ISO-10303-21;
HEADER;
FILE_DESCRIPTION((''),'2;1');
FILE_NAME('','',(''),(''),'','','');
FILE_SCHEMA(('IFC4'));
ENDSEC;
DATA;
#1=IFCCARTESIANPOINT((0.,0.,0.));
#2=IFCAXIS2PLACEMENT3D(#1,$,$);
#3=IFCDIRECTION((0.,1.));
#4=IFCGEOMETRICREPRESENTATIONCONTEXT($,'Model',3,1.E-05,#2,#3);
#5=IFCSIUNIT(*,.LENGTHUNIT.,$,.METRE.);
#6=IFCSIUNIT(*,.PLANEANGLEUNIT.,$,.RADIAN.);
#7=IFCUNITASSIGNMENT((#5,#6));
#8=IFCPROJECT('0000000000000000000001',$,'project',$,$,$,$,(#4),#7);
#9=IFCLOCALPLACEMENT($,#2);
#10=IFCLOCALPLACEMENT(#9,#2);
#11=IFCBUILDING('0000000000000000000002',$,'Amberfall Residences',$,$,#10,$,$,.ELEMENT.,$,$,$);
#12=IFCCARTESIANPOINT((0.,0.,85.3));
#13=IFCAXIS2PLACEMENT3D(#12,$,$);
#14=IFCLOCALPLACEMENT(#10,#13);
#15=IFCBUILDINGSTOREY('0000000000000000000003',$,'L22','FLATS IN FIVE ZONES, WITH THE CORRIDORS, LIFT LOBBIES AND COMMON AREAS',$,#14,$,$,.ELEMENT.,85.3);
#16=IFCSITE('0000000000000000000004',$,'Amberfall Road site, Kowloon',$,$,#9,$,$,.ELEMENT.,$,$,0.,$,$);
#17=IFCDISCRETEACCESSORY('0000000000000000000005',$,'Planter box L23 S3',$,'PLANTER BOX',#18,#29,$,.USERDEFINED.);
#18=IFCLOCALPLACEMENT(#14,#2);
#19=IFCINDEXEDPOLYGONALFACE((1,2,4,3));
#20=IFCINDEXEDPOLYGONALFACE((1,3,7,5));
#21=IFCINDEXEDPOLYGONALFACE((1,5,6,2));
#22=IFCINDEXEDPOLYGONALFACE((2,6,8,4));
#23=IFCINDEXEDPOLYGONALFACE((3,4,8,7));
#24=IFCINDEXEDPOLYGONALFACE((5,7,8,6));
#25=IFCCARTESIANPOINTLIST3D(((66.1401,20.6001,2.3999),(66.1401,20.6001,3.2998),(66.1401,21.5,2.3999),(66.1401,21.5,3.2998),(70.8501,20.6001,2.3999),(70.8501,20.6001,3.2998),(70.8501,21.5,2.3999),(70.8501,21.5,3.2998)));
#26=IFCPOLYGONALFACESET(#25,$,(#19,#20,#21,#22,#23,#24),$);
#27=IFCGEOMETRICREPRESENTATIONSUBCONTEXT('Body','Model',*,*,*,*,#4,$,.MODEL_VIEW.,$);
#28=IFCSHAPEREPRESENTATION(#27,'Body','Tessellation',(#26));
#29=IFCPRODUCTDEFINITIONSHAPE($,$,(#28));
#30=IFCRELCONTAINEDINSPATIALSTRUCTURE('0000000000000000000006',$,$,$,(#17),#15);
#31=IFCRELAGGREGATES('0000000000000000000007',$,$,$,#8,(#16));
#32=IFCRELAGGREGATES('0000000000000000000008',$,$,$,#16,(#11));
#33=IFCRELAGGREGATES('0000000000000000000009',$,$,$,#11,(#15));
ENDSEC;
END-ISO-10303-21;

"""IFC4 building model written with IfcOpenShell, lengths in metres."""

from ifc_helpers import new_model, si_unit, direction, frame, origin, origin_2d, place, context, subcontext, project, spatial, rectangle, extrude, element, save


model = new_model("IFC4")

# Units and contexts
model_context = context("Model", 3, precision=1e-05, world=origin(), true_north=direction((0.0, 1.0)))
body_context = subcontext(model_context, "Body", "Model", "MODEL_VIEW")
ifc_project = project(units=[si_unit("LENGTHUNIT", "METRE"), si_unit("PLANEANGLEUNIT", "RADIAN")], contexts=[model_context])

# Site, building, storey
site_placement = place(None, origin())
site = spatial("IfcSite", under=ifc_project, at=site_placement, Name="Amberfall Road site, Kowloon", CompositionType="ELEMENT", RefElevation=0.0)
building_placement = place(site_placement, origin())
building = spatial("IfcBuilding", under=site, at=building_placement, Name="Amberfall Residences", CompositionType="ELEMENT")
storey_placement = place(building_placement, frame((0.0, 0.0, 85.3)))
storey = spatial("IfcBuildingStorey", under=building, at=storey_placement, Name="L22", Description="FLATS IN FIVE ZONES, WITH THE CORRIDORS, LIFT LOBBIES AND COMMON AREAS", CompositionType="ELEMENT", Elevation=85.3)

# Discrete accessory
discrete_accessory_placement = place(storey_placement, frame((68.4951, 21.05, 2.3999), z_axis=(0.0, 0.0, 1.0), x_axis=(1.0, 0.0, 0.0)))
element("IfcDiscreteAccessory", 1, at=discrete_accessory_placement, inside=storey, Name="Planter box L23 S3", ObjectType="PLANTER BOX", PredefinedType="USERDEFINED", context=body_context, shape_type="SweptSolid", body=[
    extrude(rectangle(XDim=4.71, YDim=0.8999, at=origin_2d()), origin(), (0.0, 0.0, 1.0), 0.8999),
])

save(model, "model.ifc")
